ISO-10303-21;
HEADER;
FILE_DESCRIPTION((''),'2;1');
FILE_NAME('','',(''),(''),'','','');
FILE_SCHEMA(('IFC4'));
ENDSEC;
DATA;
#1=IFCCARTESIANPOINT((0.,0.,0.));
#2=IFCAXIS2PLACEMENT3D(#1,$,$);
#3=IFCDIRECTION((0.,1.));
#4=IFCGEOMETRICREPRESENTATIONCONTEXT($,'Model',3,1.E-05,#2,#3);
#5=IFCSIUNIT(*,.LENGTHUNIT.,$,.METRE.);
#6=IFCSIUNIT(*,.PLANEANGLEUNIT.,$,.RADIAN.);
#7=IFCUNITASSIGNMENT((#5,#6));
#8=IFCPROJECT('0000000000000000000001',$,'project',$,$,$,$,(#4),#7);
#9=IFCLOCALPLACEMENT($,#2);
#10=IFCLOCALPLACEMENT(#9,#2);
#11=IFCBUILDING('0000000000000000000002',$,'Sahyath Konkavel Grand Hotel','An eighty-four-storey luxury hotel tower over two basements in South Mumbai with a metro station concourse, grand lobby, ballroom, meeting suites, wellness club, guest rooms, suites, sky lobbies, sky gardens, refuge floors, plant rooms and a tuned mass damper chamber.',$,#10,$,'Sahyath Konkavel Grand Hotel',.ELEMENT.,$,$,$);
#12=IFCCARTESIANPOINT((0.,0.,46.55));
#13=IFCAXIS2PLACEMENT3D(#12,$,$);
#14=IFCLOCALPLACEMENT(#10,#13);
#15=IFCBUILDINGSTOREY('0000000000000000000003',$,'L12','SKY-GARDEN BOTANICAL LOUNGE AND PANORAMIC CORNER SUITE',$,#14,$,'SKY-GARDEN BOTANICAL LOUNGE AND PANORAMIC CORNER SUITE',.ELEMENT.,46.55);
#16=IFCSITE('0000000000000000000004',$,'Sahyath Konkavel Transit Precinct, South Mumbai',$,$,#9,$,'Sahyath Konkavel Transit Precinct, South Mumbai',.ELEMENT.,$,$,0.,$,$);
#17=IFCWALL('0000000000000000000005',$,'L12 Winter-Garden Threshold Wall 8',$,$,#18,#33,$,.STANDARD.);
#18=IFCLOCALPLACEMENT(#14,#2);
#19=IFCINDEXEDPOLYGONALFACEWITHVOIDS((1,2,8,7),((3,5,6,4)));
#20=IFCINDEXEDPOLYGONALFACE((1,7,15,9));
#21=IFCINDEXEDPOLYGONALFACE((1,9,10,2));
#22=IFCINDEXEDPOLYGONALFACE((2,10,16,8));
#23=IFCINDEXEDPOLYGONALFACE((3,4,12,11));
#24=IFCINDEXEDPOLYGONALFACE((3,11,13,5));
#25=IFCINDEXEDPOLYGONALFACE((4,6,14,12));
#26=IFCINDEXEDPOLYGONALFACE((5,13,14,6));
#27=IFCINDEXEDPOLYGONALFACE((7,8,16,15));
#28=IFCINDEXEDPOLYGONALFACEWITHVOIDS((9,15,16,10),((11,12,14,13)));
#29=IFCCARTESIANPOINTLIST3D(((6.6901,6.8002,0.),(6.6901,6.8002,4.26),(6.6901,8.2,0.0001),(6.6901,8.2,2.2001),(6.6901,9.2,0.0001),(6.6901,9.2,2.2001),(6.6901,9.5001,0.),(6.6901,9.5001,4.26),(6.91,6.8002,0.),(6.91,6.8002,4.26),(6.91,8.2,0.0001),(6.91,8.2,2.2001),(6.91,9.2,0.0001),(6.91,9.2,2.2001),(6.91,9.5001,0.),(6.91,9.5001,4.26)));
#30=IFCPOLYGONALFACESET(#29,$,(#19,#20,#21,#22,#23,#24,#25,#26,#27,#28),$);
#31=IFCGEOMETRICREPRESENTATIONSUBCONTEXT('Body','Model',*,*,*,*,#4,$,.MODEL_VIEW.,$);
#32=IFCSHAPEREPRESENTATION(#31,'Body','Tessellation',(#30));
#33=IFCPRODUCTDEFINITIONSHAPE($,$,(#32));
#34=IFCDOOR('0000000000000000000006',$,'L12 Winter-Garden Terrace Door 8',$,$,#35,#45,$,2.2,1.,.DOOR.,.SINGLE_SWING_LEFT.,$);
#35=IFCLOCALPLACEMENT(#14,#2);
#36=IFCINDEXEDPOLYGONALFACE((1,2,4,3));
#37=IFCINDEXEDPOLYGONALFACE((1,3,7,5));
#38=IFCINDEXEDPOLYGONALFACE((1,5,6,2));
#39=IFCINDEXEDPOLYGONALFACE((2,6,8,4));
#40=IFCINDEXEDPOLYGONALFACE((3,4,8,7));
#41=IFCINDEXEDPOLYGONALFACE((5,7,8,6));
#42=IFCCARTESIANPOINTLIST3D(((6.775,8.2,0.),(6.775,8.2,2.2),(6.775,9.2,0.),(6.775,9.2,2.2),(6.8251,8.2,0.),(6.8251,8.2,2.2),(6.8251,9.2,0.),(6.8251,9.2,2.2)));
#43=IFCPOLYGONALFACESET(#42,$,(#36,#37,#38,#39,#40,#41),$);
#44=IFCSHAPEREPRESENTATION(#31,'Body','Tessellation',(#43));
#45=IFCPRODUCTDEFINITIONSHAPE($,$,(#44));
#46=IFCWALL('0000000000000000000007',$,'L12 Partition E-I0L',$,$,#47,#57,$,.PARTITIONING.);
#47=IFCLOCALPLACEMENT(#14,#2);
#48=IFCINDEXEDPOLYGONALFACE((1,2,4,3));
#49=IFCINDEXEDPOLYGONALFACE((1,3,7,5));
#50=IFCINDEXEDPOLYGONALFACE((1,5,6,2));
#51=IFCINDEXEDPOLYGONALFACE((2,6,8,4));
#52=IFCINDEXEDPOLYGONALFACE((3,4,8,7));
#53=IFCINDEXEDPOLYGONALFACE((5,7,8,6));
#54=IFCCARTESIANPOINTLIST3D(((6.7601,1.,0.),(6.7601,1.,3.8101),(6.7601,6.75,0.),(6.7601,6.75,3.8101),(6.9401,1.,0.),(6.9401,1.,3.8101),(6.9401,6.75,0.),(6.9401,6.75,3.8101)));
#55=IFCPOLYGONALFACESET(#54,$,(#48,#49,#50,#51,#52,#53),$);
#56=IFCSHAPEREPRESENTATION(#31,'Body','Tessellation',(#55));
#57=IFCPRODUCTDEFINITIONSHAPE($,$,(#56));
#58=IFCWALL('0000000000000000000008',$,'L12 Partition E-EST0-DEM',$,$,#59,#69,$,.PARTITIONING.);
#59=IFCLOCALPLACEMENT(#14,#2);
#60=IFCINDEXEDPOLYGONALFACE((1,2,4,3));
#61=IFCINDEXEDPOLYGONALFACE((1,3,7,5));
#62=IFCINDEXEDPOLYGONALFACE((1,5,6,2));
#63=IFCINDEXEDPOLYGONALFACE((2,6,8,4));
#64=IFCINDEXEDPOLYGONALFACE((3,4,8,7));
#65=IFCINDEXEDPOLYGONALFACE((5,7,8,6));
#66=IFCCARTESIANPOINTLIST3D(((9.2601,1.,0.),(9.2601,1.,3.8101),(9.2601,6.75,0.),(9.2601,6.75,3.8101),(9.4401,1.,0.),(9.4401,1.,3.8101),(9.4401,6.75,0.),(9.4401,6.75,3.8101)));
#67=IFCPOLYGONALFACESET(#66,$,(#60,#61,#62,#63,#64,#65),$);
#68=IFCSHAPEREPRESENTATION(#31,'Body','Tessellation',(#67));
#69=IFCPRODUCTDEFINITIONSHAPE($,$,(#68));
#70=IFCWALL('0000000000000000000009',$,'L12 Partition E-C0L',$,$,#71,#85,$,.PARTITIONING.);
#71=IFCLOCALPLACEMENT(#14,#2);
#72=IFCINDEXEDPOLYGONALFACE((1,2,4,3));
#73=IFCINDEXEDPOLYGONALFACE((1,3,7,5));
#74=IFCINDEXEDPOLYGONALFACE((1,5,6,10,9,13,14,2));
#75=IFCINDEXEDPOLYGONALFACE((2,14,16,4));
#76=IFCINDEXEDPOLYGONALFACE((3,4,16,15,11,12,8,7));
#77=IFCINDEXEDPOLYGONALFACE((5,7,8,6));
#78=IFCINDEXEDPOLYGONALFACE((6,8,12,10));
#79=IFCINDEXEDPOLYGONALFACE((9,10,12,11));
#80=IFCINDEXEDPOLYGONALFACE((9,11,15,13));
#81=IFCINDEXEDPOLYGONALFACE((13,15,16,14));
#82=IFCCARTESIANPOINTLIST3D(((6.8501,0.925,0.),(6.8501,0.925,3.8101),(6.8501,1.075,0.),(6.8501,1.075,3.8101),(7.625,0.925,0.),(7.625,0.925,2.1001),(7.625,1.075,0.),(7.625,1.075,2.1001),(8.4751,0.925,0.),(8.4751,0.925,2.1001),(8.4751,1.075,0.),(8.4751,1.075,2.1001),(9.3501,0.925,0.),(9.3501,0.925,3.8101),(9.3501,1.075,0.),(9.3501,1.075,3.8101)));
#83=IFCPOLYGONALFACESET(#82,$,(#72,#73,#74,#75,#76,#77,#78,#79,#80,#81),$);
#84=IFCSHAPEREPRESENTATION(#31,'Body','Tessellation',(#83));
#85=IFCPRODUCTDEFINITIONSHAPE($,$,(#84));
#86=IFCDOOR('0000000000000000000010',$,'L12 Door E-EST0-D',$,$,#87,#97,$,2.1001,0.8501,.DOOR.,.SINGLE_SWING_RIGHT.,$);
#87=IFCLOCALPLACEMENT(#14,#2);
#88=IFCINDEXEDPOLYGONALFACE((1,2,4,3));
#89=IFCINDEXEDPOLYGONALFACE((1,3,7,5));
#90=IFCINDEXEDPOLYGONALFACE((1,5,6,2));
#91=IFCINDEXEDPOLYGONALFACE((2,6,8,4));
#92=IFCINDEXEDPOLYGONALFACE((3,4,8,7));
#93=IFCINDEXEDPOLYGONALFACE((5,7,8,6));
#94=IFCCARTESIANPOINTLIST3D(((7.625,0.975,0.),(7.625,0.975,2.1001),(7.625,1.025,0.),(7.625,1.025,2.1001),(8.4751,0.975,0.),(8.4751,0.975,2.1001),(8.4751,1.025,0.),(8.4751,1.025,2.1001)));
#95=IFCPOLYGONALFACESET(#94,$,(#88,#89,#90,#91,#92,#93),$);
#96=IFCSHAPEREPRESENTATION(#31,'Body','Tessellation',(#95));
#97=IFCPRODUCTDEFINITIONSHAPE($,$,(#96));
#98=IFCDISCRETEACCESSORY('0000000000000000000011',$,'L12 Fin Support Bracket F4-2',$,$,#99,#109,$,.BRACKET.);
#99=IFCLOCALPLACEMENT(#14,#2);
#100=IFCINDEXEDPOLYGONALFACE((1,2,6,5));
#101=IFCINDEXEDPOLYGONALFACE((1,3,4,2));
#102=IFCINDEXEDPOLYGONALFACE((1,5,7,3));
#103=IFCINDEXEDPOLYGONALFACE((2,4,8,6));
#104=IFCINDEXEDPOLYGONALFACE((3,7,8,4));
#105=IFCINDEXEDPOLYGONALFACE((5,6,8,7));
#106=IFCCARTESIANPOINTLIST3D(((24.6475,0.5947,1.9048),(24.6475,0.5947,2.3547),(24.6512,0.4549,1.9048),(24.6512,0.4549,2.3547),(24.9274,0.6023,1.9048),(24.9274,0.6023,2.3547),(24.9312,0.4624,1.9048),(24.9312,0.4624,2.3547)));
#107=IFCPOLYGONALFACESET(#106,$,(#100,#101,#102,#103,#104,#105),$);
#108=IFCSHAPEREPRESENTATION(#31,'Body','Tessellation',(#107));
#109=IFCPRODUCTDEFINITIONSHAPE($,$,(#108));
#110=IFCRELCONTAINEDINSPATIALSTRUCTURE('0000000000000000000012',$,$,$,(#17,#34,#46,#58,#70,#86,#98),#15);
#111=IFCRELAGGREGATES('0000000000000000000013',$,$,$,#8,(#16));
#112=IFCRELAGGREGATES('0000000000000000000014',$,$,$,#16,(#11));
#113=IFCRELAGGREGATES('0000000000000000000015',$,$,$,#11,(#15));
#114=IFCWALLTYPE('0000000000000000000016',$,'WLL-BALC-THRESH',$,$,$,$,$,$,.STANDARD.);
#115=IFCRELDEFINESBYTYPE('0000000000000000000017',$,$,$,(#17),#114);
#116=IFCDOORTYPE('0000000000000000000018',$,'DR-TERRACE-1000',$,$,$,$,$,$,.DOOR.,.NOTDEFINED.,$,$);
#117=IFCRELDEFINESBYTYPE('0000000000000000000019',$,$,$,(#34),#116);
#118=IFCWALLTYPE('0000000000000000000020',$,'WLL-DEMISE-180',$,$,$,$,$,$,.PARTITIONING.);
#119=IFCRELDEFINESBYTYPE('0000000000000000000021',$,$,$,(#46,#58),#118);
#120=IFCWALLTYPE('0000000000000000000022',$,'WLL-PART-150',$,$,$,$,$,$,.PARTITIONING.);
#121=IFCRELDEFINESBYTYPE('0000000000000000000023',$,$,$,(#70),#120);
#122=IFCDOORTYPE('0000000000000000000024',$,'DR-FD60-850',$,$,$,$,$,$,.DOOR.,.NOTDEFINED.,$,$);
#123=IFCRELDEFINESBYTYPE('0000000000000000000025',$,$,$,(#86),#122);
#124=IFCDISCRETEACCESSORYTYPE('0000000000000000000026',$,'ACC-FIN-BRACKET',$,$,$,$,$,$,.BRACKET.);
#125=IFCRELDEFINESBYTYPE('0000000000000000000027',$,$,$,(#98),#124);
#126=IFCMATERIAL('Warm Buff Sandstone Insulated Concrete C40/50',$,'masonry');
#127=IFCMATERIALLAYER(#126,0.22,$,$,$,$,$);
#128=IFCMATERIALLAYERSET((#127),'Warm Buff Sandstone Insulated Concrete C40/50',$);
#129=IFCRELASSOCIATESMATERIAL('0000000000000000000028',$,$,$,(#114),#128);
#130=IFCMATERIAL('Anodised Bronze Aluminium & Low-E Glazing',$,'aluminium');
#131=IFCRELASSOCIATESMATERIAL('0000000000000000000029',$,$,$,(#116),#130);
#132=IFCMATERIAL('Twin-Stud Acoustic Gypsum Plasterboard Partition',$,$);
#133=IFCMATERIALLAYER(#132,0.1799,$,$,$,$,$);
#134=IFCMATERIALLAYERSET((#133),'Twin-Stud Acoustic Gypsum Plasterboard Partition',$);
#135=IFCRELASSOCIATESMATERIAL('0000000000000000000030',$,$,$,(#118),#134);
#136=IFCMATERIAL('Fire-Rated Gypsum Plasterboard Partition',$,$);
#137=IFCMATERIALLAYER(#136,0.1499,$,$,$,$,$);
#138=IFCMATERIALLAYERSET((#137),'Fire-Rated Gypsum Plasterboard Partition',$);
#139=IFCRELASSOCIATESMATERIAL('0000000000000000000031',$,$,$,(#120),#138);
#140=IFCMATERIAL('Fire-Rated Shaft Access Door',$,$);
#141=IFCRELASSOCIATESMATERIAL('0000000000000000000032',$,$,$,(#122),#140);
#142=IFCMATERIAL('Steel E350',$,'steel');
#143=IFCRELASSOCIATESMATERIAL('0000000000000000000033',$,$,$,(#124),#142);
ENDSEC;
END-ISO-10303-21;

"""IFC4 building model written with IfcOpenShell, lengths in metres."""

from ifc_helpers import new_model, si_unit, direction, frame, frame_2d, origin, origin_2d, place, context, subcontext, project, spatial, rectangle, extrude, source, transform, mapped, material, layer, layer_set, type_object, element, fill, save


model = new_model("IFC4")

# Units and contexts
model_context = context("Model", 3, precision=1e-05, world=origin(), true_north=direction((0.0, 1.0)))
body_context = subcontext(model_context, "Body", "Model", "MODEL_VIEW")
ifc_project = project(units=[si_unit("LENGTHUNIT", "METRE"), si_unit("PLANEANGLEUNIT", "RADIAN")], contexts=[model_context])

# Site, building, storey
site_placement = place(None, origin())
site = spatial("IfcSite", under=ifc_project, at=site_placement, Name="Sahyath Konkavel Transit Precinct, South Mumbai", LongName="Sahyath Konkavel Transit Precinct, South Mumbai", CompositionType="ELEMENT", RefElevation=0.0)
building_placement = place(site_placement, origin())
building = spatial("IfcBuilding", under=site, at=building_placement, Name="Sahyath Konkavel Grand Hotel", Description="An eighty-four-storey luxury hotel tower over two basements in South Mumbai with a metro station concourse, grand lobby, ballroom, meeting suites, wellness club, guest rooms, suites, sky lobbies, sky gardens, refuge floors, plant rooms and a tuned mass damper chamber.", LongName="Sahyath Konkavel Grand Hotel", CompositionType="ELEMENT")
storey_placement = place(building_placement, frame((0.0, 0.0, 46.55)))
storey = spatial("IfcBuildingStorey", under=building, at=storey_placement, Name="L12", Description="SKY-GARDEN BOTANICAL LOUNGE AND PANORAMIC CORNER SUITE", LongName="SKY-GARDEN BOTANICAL LOUNGE AND PANORAMIC CORNER SUITE", CompositionType="ELEMENT", Elevation=46.55)

# Shared definitions
ifc_material_1 = material(Name="Steel E350", Category="steel")

# Shared definitions
ifc_material_2 = material(Name="Anodised Bronze Aluminium & Low-E Glazing", Category="aluminium")

# Shared definitions
ifc_material_3 = material(Name="Warm Buff Sandstone Insulated Concrete C40/50", Category="masonry")
ifc_layer_1 = layer(ifc_material_3, 0.22)
ifc_layer_set_1 = layer_set([ifc_layer_1], Name="Warm Buff Sandstone Insulated Concrete C40/50")
wall_type_1 = type_object("IfcWallType", Name="WLL-BALC-THRESH", PredefinedType="STANDARD", material=ifc_layer_set_1)

# Wall, opening, door
wall_1_placement = place(storey_placement, frame((6.8, 6.8, 0.0), z_axis=(0.0, 0.0, 1.0), x_axis=(0.0, 1.0, 0.0)))
wall_1 = element("IfcWall", 1, at=wall_1_placement, inside=storey, type_object=wall_type_1, Name="L12 Winter-Garden Threshold Wall 8", PredefinedType="STANDARD", context=body_context, shape_type="SweptSolid", body=[
    extrude(rectangle(XDim=2.7, YDim=0.22, at=frame_2d((1.3501, 0.0))), origin(), (0.0, 0.0, 1.0), 4.26),
])
opening_1_placement = place(wall_1_placement, frame((1.3999, 0.0, 0.0)))
opening_1 = element("IfcOpeningElement", 2, at=opening_1_placement, cuts=wall_1, PredefinedType="OPENING", context=body_context, shape_type="SweptSolid", body=[
    extrude(rectangle(XDim=1.0, YDim=2.2, at=frame_2d((0.5, 1.1001))), frame((0.0, 0.1201, 0.0), z_axis=(0.0, -1.0, 0.0), x_axis=(1.0, 0.0, 0.0)), (0.0, 0.0, 1.0), 0.24),
])
door_type_1 = type_object("IfcDoorType", Name="DR-TERRACE-1000", OperationType="NOTDEFINED", PredefinedType="DOOR", material=ifc_material_2)
shared_shape_1 = source(origin(), body_context, "Body", "SweptSolid", [
    extrude(rectangle(XDim=1.0, YDim=0.05, at=origin_2d()), origin(), (0.0, 0.0, 1.0), 2.2),
])
door_1_placement = place(opening_1_placement, frame((0.5, 0.0, 0.0)))
door_1 = element("IfcDoor", 3, at=door_1_placement, inside=storey, type_object=door_type_1, Name="L12 Winter-Garden Terrace Door 8", OperationType="SINGLE_SWING_LEFT", OverallHeight=2.2, OverallWidth=1.0, PredefinedType="DOOR", context=body_context, shape_type="MappedRepresentation", body=[
    mapped(shared_shape_1, transform((0.0, 0.0, 0.0), scale=1.0)),
])
fill(opening_1, door_1)

# Walls
ifc_material_4 = material(Name="Twin-Stud Acoustic Gypsum Plasterboard Partition")
ifc_layer_2 = layer(ifc_material_4, 0.1799)
ifc_layer_set_2 = layer_set([ifc_layer_2], Name="Twin-Stud Acoustic Gypsum Plasterboard Partition")
wall_type_2 = type_object("IfcWallType", Name="WLL-DEMISE-180", PredefinedType="PARTITIONING", material=ifc_layer_set_2)
for number, where, z_axis, x_axis, name in (
    (4, (6.8501, 1.0, 0.0), (0.0, 0.0, 1.0), (0.0, 1.0, 0.0), "L12 Partition E-I0L"),
    (5, (9.3501, 1.0, 0.0), (0.0, 0.0, 1.0), (0.0, 1.0, 0.0), "L12 Partition E-EST0-DEM"),
):
    element("IfcWall", number, at=place(storey_placement, frame(where, z_axis=z_axis, x_axis=x_axis)), inside=storey, type_object=wall_type_2, Name=name, PredefinedType="PARTITIONING", context=body_context, shape_type="SweptSolid", body=[
        extrude(rectangle(XDim=5.75, YDim=0.1799, at=frame_2d((2.875, 0.0))), origin(), (0.0, 0.0, 1.0), 3.8101),
    ])

# Wall, opening, door
ifc_material_5 = material(Name="Fire-Rated Gypsum Plasterboard Partition")
ifc_layer_3 = layer(ifc_material_5, 0.1499)
ifc_layer_set_3 = layer_set([ifc_layer_3], Name="Fire-Rated Gypsum Plasterboard Partition")
wall_type_3 = type_object("IfcWallType", Name="WLL-PART-150", PredefinedType="PARTITIONING", material=ifc_layer_set_3)
wall_2_placement = place(storey_placement, frame((6.8501, 1.0, 0.0), z_axis=(0.0, 0.0, 1.0), x_axis=(1.0, 0.0, 0.0)))
wall_2 = element("IfcWall", 6, at=wall_2_placement, inside=storey, type_object=wall_type_3, Name="L12 Partition E-C0L", PredefinedType="PARTITIONING", context=body_context, shape_type="SweptSolid", body=[
    extrude(rectangle(XDim=2.5, YDim=0.1499, at=frame_2d((1.25, 0.0))), origin(), (0.0, 0.0, 1.0), 3.8101),
])
opening_2_placement = place(wall_2_placement, frame((0.7749, 0.0, 0.0)))
opening_2 = element("IfcOpeningElement", 7, at=opening_2_placement, cuts=wall_2, PredefinedType="OPENING", context=body_context, shape_type="SweptSolid", body=[
    extrude(rectangle(XDim=0.8501, YDim=2.1001, at=frame_2d((0.425, 1.05))), frame((0.0, 0.085, 0.0), z_axis=(0.0, -1.0, 0.0), x_axis=(1.0, 0.0, 0.0)), (0.0, 0.0, 1.0), 0.1699),
])
ifc_material_6 = material(Name="Fire-Rated Shaft Access Door")
door_type_2 = type_object("IfcDoorType", Name="DR-FD60-850", OperationType="NOTDEFINED", PredefinedType="DOOR", material=ifc_material_6)
shared_shape_2 = source(origin(), body_context, "Body", "SweptSolid", [
    extrude(rectangle(XDim=0.8501, YDim=0.05, at=origin_2d()), origin(), (0.0, 0.0, 1.0), 2.1001),
])
door_2_placement = place(opening_2_placement, frame((0.425, 0.0, 0.0)))
door_2 = element("IfcDoor", 8, at=door_2_placement, inside=storey, type_object=door_type_2, Name="L12 Door E-EST0-D", OperationType="SINGLE_SWING_RIGHT", OverallHeight=2.1001, OverallWidth=0.8501, PredefinedType="DOOR", context=body_context, shape_type="MappedRepresentation", body=[
    mapped(shared_shape_2, transform((0.0, 0.0, 0.0), scale=1.0)),
])
fill(opening_2, door_2)

# Discrete accessory
discrete_accessory_type = type_object("IfcDiscreteAccessoryType", Name="ACC-FIN-BRACKET", PredefinedType="BRACKET", material=ifc_material_1)
shared_shape_3 = source(origin(), body_context, "Body", "SweptSolid", [
    extrude(rectangle(XDim=0.28, YDim=0.1399, at=origin_2d()), origin(), (0.0, 0.0, 1.0), 0.45),
])
discrete_accessory_placement = place(storey_placement, frame((24.7893, 0.5286, 1.9048), z_axis=(0.0, 0.0, 1.0), x_axis=(0.999638, 0.02691, 0.0)))
element("IfcDiscreteAccessory", 9, at=discrete_accessory_placement, inside=storey, type_object=discrete_accessory_type, Name="L12 Fin Support Bracket F4-2", PredefinedType="BRACKET", context=body_context, shape_type="MappedRepresentation", body=[
    mapped(shared_shape_3, transform((0.0, 0.0, 0.0), scale=1.0)),
])

save(model, "model.ifc")
